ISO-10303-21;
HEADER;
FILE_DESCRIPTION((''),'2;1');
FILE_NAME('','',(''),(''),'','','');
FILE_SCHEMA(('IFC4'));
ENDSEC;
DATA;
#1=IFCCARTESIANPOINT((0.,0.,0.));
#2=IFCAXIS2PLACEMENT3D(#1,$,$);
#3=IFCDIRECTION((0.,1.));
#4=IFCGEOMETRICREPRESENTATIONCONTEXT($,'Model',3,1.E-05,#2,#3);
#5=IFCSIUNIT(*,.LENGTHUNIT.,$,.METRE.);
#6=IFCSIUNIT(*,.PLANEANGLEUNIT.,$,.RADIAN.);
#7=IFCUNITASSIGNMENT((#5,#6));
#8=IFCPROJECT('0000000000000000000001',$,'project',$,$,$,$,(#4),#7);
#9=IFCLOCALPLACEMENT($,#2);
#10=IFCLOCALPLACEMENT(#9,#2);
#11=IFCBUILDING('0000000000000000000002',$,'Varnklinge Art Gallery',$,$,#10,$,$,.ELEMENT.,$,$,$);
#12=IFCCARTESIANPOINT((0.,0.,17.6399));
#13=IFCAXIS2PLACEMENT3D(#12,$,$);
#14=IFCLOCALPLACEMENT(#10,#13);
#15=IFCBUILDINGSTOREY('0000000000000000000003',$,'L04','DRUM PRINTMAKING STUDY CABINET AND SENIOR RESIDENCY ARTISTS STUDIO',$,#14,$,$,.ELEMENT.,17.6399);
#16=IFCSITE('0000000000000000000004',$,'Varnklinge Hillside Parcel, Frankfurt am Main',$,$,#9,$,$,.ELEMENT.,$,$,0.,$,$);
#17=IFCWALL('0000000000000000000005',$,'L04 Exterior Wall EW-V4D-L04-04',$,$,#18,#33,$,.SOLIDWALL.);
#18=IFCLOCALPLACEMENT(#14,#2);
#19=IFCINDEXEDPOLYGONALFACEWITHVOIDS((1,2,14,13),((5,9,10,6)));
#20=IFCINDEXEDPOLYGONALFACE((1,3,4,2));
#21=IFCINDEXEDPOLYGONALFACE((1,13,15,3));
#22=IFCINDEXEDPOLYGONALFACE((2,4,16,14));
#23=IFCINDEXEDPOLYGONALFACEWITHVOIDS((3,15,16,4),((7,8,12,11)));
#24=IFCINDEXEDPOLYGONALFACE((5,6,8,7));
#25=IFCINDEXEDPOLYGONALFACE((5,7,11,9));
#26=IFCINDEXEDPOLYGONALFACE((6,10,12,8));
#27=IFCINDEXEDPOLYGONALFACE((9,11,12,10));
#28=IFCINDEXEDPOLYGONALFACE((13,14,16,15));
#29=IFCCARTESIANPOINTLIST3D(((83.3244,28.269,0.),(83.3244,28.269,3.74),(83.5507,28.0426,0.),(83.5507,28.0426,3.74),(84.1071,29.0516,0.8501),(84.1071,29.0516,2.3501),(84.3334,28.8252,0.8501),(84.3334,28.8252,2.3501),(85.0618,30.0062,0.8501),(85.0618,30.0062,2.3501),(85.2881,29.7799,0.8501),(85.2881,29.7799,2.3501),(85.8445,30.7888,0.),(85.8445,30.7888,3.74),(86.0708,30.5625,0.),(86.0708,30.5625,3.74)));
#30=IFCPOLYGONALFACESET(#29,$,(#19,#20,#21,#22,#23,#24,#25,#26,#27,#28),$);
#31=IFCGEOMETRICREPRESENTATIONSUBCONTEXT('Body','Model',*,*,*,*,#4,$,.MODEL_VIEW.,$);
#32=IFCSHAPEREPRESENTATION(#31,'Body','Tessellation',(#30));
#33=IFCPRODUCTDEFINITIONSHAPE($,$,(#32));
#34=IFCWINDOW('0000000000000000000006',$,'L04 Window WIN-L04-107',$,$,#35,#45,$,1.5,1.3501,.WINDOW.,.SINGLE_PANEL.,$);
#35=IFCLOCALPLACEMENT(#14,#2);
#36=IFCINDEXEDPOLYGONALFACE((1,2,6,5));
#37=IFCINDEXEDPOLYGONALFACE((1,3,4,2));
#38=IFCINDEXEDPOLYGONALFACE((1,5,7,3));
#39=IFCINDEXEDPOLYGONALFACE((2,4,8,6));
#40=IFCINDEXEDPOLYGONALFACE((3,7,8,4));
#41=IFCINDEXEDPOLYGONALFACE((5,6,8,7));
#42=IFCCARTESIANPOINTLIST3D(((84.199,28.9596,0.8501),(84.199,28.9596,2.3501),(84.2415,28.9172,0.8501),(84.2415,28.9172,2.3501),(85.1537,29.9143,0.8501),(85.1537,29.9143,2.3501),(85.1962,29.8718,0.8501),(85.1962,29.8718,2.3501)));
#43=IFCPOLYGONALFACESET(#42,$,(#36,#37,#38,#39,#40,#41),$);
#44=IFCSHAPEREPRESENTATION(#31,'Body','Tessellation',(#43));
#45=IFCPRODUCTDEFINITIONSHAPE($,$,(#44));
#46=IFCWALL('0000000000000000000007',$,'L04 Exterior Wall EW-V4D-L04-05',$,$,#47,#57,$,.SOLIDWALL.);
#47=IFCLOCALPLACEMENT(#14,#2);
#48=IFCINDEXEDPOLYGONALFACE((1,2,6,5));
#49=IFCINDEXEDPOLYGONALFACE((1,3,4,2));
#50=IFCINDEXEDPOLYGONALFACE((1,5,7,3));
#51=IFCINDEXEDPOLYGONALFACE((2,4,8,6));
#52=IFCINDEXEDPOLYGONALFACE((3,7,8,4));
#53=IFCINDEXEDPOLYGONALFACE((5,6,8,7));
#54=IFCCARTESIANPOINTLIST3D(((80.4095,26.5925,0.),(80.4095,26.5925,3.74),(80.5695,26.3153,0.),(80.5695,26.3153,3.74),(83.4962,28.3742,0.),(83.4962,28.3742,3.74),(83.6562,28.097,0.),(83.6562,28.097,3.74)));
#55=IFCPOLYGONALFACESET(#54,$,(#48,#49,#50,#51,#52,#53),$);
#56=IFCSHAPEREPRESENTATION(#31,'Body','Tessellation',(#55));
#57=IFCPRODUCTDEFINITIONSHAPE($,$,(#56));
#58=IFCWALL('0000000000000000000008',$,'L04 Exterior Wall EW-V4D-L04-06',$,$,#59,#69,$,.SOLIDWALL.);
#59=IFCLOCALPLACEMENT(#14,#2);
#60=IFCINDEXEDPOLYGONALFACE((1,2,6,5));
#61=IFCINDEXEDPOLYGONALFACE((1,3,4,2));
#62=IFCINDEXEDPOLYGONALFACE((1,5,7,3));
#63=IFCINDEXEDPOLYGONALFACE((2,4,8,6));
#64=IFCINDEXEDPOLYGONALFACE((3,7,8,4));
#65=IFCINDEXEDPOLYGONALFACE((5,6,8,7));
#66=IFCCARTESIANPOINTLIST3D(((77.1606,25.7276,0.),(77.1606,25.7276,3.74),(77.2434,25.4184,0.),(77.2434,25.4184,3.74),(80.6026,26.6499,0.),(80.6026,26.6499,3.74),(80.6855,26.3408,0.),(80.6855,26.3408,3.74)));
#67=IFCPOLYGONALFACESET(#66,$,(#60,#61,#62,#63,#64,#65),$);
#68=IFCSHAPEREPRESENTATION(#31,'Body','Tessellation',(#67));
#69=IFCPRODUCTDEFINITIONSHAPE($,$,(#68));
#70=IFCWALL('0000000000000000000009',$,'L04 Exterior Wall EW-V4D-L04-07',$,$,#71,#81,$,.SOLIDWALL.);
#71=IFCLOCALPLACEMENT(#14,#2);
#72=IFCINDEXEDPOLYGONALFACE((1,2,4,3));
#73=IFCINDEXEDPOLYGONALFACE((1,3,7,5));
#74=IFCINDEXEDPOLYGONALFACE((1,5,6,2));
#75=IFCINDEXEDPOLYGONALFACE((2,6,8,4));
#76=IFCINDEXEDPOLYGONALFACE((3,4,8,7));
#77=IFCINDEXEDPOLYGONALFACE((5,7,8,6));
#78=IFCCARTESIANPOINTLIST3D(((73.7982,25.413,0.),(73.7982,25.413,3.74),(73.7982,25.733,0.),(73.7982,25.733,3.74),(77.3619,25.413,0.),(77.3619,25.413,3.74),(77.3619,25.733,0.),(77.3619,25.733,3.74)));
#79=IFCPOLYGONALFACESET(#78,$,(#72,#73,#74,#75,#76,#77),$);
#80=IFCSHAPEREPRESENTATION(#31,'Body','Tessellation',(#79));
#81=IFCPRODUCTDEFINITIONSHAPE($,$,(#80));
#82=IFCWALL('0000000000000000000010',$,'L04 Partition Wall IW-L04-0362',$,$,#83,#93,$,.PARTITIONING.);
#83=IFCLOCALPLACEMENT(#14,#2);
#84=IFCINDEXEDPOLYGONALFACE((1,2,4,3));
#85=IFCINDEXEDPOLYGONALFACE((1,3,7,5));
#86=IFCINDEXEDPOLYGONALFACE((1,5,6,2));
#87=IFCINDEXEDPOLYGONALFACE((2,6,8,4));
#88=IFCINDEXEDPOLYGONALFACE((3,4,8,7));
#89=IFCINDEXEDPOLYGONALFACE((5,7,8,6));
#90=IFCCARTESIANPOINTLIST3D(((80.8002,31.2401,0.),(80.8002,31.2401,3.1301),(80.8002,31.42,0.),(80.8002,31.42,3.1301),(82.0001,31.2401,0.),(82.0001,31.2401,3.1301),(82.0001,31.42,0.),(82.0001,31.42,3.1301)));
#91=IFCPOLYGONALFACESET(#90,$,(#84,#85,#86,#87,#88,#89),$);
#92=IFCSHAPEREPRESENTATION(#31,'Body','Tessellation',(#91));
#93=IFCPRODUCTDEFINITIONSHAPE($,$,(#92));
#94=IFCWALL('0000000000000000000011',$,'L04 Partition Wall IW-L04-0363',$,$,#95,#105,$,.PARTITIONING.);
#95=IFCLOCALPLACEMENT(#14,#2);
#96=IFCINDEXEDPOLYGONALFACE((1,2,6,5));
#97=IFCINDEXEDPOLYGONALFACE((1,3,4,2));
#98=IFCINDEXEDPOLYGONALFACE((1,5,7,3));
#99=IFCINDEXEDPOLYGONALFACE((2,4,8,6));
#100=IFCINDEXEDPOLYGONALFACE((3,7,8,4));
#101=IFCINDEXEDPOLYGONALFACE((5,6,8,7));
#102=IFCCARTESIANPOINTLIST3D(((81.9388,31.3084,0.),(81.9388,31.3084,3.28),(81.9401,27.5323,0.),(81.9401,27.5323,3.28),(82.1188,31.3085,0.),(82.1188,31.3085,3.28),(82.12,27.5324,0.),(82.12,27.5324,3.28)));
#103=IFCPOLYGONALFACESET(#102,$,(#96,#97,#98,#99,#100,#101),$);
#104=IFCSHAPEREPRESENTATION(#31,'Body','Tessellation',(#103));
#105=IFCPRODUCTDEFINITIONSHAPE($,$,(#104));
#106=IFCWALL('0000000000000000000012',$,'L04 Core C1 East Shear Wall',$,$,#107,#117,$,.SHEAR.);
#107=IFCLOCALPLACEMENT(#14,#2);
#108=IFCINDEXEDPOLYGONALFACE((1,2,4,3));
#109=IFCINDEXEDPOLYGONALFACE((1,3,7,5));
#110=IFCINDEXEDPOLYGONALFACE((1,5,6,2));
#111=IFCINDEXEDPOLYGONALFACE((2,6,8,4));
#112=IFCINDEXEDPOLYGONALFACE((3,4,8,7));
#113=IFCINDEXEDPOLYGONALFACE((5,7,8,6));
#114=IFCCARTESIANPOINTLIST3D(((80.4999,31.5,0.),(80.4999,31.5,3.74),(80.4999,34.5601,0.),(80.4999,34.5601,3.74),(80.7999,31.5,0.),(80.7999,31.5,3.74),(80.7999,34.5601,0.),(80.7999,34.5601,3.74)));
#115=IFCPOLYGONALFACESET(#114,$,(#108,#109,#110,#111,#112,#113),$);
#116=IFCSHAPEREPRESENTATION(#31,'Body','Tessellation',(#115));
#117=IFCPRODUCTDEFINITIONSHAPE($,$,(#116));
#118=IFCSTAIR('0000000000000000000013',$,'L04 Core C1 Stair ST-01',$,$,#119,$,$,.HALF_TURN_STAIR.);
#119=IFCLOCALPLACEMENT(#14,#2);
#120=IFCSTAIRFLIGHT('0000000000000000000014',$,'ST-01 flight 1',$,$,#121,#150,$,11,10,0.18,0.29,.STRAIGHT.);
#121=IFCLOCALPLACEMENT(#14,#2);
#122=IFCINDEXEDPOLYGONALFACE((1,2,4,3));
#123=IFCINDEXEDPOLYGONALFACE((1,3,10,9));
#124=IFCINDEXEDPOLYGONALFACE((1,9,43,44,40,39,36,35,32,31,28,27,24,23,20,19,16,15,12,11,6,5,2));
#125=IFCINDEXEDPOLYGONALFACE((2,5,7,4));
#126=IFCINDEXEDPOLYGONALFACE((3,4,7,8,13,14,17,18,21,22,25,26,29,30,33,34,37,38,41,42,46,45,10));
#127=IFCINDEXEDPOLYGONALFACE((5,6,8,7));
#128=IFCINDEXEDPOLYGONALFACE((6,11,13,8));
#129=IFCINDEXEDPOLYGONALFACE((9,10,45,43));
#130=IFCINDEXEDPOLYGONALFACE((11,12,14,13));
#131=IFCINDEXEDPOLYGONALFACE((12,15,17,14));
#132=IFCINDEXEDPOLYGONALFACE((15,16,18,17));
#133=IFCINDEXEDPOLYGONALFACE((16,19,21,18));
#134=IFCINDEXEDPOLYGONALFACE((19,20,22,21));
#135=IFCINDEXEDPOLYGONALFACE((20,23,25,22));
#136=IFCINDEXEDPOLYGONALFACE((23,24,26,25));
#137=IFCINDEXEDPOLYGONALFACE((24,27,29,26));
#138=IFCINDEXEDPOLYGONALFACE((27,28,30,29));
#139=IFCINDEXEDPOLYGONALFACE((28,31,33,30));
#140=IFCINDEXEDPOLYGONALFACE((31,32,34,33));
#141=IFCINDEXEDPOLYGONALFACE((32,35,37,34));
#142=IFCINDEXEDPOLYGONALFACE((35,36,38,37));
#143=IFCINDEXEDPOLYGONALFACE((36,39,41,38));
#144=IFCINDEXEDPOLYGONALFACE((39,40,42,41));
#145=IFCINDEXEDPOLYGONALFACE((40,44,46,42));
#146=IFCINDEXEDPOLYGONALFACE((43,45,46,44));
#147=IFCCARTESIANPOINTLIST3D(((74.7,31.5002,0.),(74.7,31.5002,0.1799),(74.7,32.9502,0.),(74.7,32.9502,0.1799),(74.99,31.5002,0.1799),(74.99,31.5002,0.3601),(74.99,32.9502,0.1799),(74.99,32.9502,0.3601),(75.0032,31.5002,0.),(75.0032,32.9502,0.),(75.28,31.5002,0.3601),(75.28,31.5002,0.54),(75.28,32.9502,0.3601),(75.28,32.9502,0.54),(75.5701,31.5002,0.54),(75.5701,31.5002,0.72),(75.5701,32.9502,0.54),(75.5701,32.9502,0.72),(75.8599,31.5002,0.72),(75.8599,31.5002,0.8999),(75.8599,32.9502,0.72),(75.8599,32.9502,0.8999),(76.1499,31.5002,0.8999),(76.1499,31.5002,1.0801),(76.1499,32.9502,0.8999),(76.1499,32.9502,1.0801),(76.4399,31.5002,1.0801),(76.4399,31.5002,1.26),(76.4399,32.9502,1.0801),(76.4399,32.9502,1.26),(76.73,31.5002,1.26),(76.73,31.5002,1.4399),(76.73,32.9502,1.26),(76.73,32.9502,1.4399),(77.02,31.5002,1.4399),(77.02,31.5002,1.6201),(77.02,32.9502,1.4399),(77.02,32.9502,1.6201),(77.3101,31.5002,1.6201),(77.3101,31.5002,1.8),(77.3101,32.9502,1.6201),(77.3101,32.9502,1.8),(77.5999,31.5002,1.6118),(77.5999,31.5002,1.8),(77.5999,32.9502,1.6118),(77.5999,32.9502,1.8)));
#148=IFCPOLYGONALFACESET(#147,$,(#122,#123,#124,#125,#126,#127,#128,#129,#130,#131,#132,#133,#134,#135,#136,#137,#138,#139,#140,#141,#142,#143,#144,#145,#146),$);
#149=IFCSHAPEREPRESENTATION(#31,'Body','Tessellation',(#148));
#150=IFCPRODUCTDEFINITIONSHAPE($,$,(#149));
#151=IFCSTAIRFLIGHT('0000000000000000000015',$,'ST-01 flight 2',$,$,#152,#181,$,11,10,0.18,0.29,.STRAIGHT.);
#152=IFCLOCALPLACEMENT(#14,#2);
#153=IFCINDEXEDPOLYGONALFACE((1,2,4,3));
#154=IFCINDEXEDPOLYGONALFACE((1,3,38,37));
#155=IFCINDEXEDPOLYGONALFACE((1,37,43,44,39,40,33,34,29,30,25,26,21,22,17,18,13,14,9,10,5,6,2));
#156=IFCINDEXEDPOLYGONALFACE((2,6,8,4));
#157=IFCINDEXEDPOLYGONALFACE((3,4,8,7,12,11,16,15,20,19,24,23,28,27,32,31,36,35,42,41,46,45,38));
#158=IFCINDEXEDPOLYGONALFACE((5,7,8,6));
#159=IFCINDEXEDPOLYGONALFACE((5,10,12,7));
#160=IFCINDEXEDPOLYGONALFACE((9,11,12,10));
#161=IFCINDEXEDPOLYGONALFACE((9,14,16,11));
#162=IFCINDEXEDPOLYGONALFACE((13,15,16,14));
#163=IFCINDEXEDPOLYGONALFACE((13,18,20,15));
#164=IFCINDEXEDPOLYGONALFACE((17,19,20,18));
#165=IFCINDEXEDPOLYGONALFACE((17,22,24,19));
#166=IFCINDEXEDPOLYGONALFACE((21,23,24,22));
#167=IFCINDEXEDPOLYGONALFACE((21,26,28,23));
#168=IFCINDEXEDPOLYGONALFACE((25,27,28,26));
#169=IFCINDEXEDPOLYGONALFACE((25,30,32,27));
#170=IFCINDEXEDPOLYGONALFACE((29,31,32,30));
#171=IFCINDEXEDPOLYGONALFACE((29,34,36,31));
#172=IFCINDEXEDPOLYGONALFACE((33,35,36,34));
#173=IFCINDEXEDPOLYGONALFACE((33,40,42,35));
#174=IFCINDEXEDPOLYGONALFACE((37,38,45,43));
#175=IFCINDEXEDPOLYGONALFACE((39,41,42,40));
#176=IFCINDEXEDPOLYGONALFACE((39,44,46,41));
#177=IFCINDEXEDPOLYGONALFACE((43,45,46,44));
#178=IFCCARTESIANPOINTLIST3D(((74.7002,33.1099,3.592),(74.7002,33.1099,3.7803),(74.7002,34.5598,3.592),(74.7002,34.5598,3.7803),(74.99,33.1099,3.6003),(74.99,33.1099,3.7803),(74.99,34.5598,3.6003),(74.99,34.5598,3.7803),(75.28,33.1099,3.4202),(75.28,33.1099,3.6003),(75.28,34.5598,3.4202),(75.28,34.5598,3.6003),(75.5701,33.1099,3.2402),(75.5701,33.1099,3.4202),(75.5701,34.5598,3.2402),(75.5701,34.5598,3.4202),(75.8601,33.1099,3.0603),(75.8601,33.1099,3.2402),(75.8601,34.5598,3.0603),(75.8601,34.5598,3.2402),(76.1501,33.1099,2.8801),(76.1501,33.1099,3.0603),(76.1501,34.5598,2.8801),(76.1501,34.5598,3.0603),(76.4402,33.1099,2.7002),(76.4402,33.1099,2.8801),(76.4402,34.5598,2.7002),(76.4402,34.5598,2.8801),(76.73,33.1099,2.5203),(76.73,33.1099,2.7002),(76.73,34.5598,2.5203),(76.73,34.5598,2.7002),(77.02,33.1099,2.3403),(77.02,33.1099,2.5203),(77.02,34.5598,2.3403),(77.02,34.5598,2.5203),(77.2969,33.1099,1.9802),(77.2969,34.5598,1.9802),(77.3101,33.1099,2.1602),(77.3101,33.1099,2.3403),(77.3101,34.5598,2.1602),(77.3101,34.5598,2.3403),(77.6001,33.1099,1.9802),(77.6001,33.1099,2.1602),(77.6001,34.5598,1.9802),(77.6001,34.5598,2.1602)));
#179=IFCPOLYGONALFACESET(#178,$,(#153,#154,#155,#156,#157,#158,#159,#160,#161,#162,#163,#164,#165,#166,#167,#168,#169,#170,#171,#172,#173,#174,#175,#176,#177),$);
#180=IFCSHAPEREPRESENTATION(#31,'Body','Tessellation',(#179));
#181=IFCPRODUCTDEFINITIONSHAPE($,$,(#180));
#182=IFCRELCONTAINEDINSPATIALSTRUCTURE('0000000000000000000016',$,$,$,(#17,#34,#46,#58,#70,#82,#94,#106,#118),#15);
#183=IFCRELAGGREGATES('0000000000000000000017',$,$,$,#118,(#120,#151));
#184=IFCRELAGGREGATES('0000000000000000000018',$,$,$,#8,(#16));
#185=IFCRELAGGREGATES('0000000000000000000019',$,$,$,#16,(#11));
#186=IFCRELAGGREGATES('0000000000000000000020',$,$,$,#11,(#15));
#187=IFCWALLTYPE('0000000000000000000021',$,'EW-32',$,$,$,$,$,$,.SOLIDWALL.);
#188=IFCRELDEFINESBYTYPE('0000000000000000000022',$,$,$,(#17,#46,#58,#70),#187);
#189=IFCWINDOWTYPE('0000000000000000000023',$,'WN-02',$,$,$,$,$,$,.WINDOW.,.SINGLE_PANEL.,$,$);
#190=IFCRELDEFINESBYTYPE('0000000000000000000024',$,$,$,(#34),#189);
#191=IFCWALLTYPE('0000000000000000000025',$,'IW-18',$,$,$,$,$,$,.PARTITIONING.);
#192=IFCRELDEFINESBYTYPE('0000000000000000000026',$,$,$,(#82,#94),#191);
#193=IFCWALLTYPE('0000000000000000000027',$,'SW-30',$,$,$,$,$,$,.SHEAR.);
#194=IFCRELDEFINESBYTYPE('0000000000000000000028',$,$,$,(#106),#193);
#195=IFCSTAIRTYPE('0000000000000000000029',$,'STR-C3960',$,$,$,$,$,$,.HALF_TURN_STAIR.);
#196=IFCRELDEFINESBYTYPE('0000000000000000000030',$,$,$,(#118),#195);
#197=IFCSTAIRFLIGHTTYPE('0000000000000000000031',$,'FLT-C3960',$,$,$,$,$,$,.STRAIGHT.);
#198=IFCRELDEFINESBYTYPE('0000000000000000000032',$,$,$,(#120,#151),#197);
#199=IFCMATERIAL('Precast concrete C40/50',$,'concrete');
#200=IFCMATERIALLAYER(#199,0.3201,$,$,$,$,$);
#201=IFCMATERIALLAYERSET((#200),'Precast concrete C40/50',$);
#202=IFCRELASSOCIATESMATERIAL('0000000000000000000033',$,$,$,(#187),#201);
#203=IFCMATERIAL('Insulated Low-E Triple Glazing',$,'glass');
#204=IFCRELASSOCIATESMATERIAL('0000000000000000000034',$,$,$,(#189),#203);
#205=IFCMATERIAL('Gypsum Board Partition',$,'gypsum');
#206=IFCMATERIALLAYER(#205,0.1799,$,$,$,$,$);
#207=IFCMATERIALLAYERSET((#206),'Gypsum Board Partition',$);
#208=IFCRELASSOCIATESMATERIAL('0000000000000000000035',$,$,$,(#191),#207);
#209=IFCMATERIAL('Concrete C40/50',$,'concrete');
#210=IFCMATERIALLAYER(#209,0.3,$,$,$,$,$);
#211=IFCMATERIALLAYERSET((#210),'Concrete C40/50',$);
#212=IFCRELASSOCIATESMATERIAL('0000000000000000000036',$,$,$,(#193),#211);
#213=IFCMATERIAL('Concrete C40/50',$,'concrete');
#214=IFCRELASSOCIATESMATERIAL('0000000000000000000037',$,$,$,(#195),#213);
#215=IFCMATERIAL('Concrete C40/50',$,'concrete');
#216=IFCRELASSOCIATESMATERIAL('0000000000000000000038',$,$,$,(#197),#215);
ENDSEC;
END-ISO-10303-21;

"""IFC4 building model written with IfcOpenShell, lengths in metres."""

from ifc_helpers import new_model, si_unit, direction, frame, frame_2d, origin, place, context, subcontext, project, spatial, polyline, rectangle, outline, extrude, material, layer, layer_set, type_object, element, fill, aggregate, save


model = new_model("IFC4")

# Units and contexts
model_context = context("Model", 3, precision=1e-05, world=origin(), true_north=direction((0.0, 1.0)))
body_context = subcontext(model_context, "Body", "Model", "MODEL_VIEW")
ifc_project = project(units=[si_unit("LENGTHUNIT", "METRE"), si_unit("PLANEANGLEUNIT", "RADIAN")], contexts=[model_context])

# Site, building, storey
site_placement = place(None, origin())
site = spatial("IfcSite", under=ifc_project, at=site_placement, Name="Varnklinge Hillside Parcel, Frankfurt am Main", CompositionType="ELEMENT", RefElevation=0.0)
building_placement = place(site_placement, origin())
building = spatial("IfcBuilding", under=site, at=building_placement, Name="Varnklinge Art Gallery", CompositionType="ELEMENT")
storey_placement = place(building_placement, frame((0.0, 0.0, 17.6399)))
storey = spatial("IfcBuildingStorey", under=building, at=storey_placement, Name="L04", Description="DRUM PRINTMAKING STUDY CABINET AND SENIOR RESIDENCY ARTISTS STUDIO", CompositionType="ELEMENT", Elevation=17.6399)

# Wall, opening, window
ifc_material_1 = material(Name="Precast concrete C40/50", Category="concrete")
ifc_layer_1 = layer(ifc_material_1, 0.3201)
ifc_layer_set_1 = layer_set([ifc_layer_1], Name="Precast concrete C40/50")
wall_type_1 = type_object("IfcWallType", Name="EW-32", PredefinedType="SOLIDWALL", material=ifc_layer_set_1)
wall_1_placement = place(storey_placement, frame((85.9575, 30.6755, 0.0), z_axis=(0.0, 0.0, 1.0), x_axis=(-0.707141, -0.707073, 0.0)))
wall_1 = element("IfcWall", 1, at=wall_1_placement, inside=storey, type_object=wall_type_1, Name="L04 Exterior Wall EW-V4D-L04-04", PredefinedType="SOLIDWALL", context=body_context, shape_type="SweptSolid", body=[
    extrude(rectangle(XDim=3.5637, YDim=0.3201, at=frame_2d((1.7817, 0.0))), origin(), (0.0, 0.0, 1.0), 3.74),
])
opening_placement = place(wall_1_placement, frame((1.1067, 0.0, 0.8501)))
opening = element("IfcOpeningElement", 2, at=opening_placement, cuts=wall_1, PredefinedType="OPENING", context=body_context, shape_type="SweptSolid", body=[
    extrude(rectangle(XDim=1.3501, YDim=1.5, at=frame_2d((0.675, 0.75))), frame((0.0, 0.1702, 0.0), z_axis=(0.0, -1.0, 0.0), x_axis=(1.0, 0.0, 0.0)), (0.0, 0.0, 1.0), 0.3401),
])
ifc_material_2 = material(Name="Insulated Low-E Triple Glazing", Category="glass")
window_type = type_object("IfcWindowType", Name="WN-02", PartitioningType="SINGLE_PANEL", PredefinedType="WINDOW", material=ifc_material_2)
window_placement = place(opening_placement, origin())
window = element("IfcWindow", 3, at=window_placement, inside=storey, type_object=window_type, Name="L04 Window WIN-L04-107", OverallHeight=1.5, OverallWidth=1.3501, PartitioningType="SINGLE_PANEL", PredefinedType="WINDOW", context=body_context, shape_type="SweptSolid", body=[
    extrude(rectangle(XDim=1.3501, YDim=1.5, at=frame_2d((0.675, 0.75))), frame((0.0, 0.03, 0.0), z_axis=(0.0, -1.0, 0.0), x_axis=(1.0, 0.0, 0.0)), (0.0, 0.0, 1.0), 0.0601),
])
fill(opening, window)

# Walls
wall_2_placement = place(storey_placement, frame((83.5762, 28.2356, 0.0), z_axis=(0.0, 0.0, 1.0), x_axis=(-0.866068, -0.499926, 0.0)))
element("IfcWall", 4, at=wall_2_placement, inside=storey, type_object=wall_type_1, Name="L04 Exterior Wall EW-V4D-L04-05", PredefinedType="SOLIDWALL", context=body_context, shape_type="SweptSolid", body=[
    extrude(rectangle(XDim=3.564, YDim=0.3201, at=frame_2d((1.782, 0.0))), origin(), (0.0, 0.0, 1.0), 3.74),
])
wall_3_placement = place(storey_placement, frame((80.644, 26.4954, 0.0), z_axis=(0.0, 0.0, 1.0), x_axis=(-0.965923, -0.258831, 0.0)))
element("IfcWall", 5, at=wall_3_placement, inside=storey, type_object=wall_type_1, Name="L04 Exterior Wall EW-V4D-L04-06", PredefinedType="SOLIDWALL", context=body_context, shape_type="SweptSolid", body=[
    extrude(rectangle(XDim=3.5635, YDim=0.3201, at=frame_2d((1.7817, 0.0))), origin(), (0.0, 0.0, 1.0), 3.74),
])
wall_4_placement = place(storey_placement, frame((77.3618, 25.573, 0.0), z_axis=(0.0, 0.0, 1.0), x_axis=(-1.0, 0.0, 0.0)))
element("IfcWall", 6, at=wall_4_placement, inside=storey, type_object=wall_type_1, Name="L04 Exterior Wall EW-V4D-L04-07", PredefinedType="SOLIDWALL", context=body_context, shape_type="SweptSolid", body=[
    extrude(rectangle(XDim=3.5637, YDim=0.3201, at=frame_2d((1.7817, 0.0))), origin(), (0.0, 0.0, 1.0), 3.74),
])
ifc_material_3 = material(Name="Gypsum Board Partition", Category="gypsum")
ifc_layer_2 = layer(ifc_material_3, 0.1799)
ifc_layer_set_2 = layer_set([ifc_layer_2], Name="Gypsum Board Partition")
wall_type_2 = type_object("IfcWallType", Name="IW-18", PredefinedType="PARTITIONING", material=ifc_layer_set_2)
wall_5_placement = place(storey_placement, frame((80.8, 31.3301, 0.0), z_axis=(0.0, 0.0, 1.0), x_axis=(1.0, 0.0, 0.0)))
element("IfcWall", 7, at=wall_5_placement, inside=storey, type_object=wall_type_2, Name="L04 Partition Wall IW-L04-0362", PredefinedType="PARTITIONING", context=body_context, shape_type="SweptSolid", body=[
    extrude(rectangle(XDim=1.2, YDim=0.1799, at=frame_2d((0.6001, 0.0))), origin(), (0.0, 0.0, 1.0), 3.1301),
])
wall_6_placement = place(storey_placement, frame((82.0288, 31.3086, 0.0), z_axis=(0.0, 0.0, 1.0), x_axis=(0.000323, -1.0, 0.0)))
element("IfcWall", 8, at=wall_6_placement, inside=storey, type_object=wall_type_2, Name="L04 Partition Wall IW-L04-0363", PredefinedType="PARTITIONING", context=body_context, shape_type="SweptSolid", body=[
    extrude(rectangle(XDim=3.7761, YDim=0.1799, at=frame_2d((1.8882, 0.0))), origin(), (0.0, 0.0, 1.0), 3.28),
])
ifc_material_4 = material(Name="Concrete C40/50", Category="concrete")
ifc_layer_3 = layer(ifc_material_4, 0.3)
ifc_layer_set_3 = layer_set([ifc_layer_3], Name="Concrete C40/50")
wall_type_3 = type_object("IfcWallType", Name="SW-30", PredefinedType="SHEAR", material=ifc_layer_set_3)
wall_7_placement = place(storey_placement, frame((80.6499, 31.5, 0.0), z_axis=(0.0, 0.0, 1.0), x_axis=(0.0, 1.0, 0.0)))
element("IfcWall", 9, at=wall_7_placement, inside=storey, type_object=wall_type_3, Name="L04 Core C1 East Shear Wall", PredefinedType="SHEAR", context=body_context, shape_type="SweptSolid", body=[
    extrude(rectangle(XDim=3.0601, YDim=0.3, at=frame_2d((1.53, 0.0))), origin(), (0.0, 0.0, 1.0), 3.74),
])

# Stair, stair flights
ifc_material_5 = material(Name="Concrete C40/50", Category="concrete")
stair_type = type_object("IfcStairType", Name="STR-C3960", PredefinedType="HALF_TURN_STAIR", material=ifc_material_5)
stair_placement = place(storey_placement, origin())
stair = element("IfcStair", 10, at=stair_placement, inside=storey, type_object=stair_type, Name="L04 Core C1 Stair ST-01", PredefinedType="HALF_TURN_STAIR")
ifc_material_6 = material(Name="Concrete C40/50", Category="concrete")
stair_flight_type = type_object("IfcStairFlightType", Name="FLT-C3960", PredefinedType="STRAIGHT", material=ifc_material_6)
stair_flight_1_placement = place(storey_placement, frame((74.7, 32.2251, 0.0), z_axis=(0.0, 0.0, 1.0), x_axis=(1.0, 0.0, 0.0)))
stair_flight_1 = element("IfcStairFlight", 11, at=stair_flight_1_placement, type_object=stair_flight_type, Name="ST-01 flight 1", NumberOfRisers=11, NumberOfTreads=10, PredefinedType="STRAIGHT", RiserHeight=0.18, TreadLength=0.29, context=body_context, shape_type="SweptSolid", body=[
    extrude(outline(polyline([(0.0, 0.0), (0.0, 0.1799), (0.29, 0.1799), (0.29, 0.3601), (0.5801, 0.3601), (0.5801, 0.54), (0.8701, 0.54), (0.8701, 0.72), (1.1599, 0.72), (1.1599, 0.8999), (1.45, 0.8999), (1.45, 1.0801), (1.74, 1.0801), (1.74, 1.26), (2.03, 1.26), (2.03, 1.4399), (2.3201, 1.4399), (2.3201, 1.6201), (2.6101, 1.6201), (2.6101, 1.8), (2.8999, 1.8), (2.8999, 1.98), (2.8999, 1.6118), (0.3032, 0.0), (0.0, 0.0)])), frame((0.0, 0.7251, 0.0), z_axis=(0.0, -1.0, 0.0), x_axis=(1.0, 0.0, 0.0)), (0.0, 0.0, 1.0), 1.45),
])
stair_flight_2_placement = place(storey_placement, frame((77.6001, 33.835, 1.9802), z_axis=(0.0, 0.0, 1.0), x_axis=(-1.0, 0.0, 0.0)))
stair_flight_2 = element("IfcStairFlight", 12, at=stair_flight_2_placement, type_object=stair_flight_type, Name="ST-01 flight 2", NumberOfRisers=11, NumberOfTreads=10, PredefinedType="STRAIGHT", RiserHeight=0.18, TreadLength=0.29, context=body_context, shape_type="SweptSolid", body=[
    extrude(outline(polyline([(0.0, 0.0), (0.0, 0.1799), (0.29, 0.1799), (0.29, 0.3601), (0.5801, 0.3601), (0.5801, 0.54), (0.8701, 0.54), (0.8701, 0.72), (1.1599, 0.72), (1.1599, 0.8999), (1.45, 0.8999), (1.45, 1.0801), (1.74, 1.0801), (1.74, 1.26), (2.03, 1.26), (2.03, 1.4399), (2.3201, 1.4399), (2.3201, 1.6201), (2.6101, 1.6201), (2.6101, 1.8), (2.8999, 1.8), (2.8999, 1.98), (2.8999, 1.6118), (0.3032, 0.0), (0.0, 0.0)])), frame((0.0, 0.7251, 0.0), z_axis=(0.0, -1.0, 0.0), x_axis=(1.0, 0.0, 0.0)), (0.0, 0.0, 1.0), 1.45),
])
aggregate(stair, [stair_flight_1, stair_flight_2])

save(model, "model.ifc")
